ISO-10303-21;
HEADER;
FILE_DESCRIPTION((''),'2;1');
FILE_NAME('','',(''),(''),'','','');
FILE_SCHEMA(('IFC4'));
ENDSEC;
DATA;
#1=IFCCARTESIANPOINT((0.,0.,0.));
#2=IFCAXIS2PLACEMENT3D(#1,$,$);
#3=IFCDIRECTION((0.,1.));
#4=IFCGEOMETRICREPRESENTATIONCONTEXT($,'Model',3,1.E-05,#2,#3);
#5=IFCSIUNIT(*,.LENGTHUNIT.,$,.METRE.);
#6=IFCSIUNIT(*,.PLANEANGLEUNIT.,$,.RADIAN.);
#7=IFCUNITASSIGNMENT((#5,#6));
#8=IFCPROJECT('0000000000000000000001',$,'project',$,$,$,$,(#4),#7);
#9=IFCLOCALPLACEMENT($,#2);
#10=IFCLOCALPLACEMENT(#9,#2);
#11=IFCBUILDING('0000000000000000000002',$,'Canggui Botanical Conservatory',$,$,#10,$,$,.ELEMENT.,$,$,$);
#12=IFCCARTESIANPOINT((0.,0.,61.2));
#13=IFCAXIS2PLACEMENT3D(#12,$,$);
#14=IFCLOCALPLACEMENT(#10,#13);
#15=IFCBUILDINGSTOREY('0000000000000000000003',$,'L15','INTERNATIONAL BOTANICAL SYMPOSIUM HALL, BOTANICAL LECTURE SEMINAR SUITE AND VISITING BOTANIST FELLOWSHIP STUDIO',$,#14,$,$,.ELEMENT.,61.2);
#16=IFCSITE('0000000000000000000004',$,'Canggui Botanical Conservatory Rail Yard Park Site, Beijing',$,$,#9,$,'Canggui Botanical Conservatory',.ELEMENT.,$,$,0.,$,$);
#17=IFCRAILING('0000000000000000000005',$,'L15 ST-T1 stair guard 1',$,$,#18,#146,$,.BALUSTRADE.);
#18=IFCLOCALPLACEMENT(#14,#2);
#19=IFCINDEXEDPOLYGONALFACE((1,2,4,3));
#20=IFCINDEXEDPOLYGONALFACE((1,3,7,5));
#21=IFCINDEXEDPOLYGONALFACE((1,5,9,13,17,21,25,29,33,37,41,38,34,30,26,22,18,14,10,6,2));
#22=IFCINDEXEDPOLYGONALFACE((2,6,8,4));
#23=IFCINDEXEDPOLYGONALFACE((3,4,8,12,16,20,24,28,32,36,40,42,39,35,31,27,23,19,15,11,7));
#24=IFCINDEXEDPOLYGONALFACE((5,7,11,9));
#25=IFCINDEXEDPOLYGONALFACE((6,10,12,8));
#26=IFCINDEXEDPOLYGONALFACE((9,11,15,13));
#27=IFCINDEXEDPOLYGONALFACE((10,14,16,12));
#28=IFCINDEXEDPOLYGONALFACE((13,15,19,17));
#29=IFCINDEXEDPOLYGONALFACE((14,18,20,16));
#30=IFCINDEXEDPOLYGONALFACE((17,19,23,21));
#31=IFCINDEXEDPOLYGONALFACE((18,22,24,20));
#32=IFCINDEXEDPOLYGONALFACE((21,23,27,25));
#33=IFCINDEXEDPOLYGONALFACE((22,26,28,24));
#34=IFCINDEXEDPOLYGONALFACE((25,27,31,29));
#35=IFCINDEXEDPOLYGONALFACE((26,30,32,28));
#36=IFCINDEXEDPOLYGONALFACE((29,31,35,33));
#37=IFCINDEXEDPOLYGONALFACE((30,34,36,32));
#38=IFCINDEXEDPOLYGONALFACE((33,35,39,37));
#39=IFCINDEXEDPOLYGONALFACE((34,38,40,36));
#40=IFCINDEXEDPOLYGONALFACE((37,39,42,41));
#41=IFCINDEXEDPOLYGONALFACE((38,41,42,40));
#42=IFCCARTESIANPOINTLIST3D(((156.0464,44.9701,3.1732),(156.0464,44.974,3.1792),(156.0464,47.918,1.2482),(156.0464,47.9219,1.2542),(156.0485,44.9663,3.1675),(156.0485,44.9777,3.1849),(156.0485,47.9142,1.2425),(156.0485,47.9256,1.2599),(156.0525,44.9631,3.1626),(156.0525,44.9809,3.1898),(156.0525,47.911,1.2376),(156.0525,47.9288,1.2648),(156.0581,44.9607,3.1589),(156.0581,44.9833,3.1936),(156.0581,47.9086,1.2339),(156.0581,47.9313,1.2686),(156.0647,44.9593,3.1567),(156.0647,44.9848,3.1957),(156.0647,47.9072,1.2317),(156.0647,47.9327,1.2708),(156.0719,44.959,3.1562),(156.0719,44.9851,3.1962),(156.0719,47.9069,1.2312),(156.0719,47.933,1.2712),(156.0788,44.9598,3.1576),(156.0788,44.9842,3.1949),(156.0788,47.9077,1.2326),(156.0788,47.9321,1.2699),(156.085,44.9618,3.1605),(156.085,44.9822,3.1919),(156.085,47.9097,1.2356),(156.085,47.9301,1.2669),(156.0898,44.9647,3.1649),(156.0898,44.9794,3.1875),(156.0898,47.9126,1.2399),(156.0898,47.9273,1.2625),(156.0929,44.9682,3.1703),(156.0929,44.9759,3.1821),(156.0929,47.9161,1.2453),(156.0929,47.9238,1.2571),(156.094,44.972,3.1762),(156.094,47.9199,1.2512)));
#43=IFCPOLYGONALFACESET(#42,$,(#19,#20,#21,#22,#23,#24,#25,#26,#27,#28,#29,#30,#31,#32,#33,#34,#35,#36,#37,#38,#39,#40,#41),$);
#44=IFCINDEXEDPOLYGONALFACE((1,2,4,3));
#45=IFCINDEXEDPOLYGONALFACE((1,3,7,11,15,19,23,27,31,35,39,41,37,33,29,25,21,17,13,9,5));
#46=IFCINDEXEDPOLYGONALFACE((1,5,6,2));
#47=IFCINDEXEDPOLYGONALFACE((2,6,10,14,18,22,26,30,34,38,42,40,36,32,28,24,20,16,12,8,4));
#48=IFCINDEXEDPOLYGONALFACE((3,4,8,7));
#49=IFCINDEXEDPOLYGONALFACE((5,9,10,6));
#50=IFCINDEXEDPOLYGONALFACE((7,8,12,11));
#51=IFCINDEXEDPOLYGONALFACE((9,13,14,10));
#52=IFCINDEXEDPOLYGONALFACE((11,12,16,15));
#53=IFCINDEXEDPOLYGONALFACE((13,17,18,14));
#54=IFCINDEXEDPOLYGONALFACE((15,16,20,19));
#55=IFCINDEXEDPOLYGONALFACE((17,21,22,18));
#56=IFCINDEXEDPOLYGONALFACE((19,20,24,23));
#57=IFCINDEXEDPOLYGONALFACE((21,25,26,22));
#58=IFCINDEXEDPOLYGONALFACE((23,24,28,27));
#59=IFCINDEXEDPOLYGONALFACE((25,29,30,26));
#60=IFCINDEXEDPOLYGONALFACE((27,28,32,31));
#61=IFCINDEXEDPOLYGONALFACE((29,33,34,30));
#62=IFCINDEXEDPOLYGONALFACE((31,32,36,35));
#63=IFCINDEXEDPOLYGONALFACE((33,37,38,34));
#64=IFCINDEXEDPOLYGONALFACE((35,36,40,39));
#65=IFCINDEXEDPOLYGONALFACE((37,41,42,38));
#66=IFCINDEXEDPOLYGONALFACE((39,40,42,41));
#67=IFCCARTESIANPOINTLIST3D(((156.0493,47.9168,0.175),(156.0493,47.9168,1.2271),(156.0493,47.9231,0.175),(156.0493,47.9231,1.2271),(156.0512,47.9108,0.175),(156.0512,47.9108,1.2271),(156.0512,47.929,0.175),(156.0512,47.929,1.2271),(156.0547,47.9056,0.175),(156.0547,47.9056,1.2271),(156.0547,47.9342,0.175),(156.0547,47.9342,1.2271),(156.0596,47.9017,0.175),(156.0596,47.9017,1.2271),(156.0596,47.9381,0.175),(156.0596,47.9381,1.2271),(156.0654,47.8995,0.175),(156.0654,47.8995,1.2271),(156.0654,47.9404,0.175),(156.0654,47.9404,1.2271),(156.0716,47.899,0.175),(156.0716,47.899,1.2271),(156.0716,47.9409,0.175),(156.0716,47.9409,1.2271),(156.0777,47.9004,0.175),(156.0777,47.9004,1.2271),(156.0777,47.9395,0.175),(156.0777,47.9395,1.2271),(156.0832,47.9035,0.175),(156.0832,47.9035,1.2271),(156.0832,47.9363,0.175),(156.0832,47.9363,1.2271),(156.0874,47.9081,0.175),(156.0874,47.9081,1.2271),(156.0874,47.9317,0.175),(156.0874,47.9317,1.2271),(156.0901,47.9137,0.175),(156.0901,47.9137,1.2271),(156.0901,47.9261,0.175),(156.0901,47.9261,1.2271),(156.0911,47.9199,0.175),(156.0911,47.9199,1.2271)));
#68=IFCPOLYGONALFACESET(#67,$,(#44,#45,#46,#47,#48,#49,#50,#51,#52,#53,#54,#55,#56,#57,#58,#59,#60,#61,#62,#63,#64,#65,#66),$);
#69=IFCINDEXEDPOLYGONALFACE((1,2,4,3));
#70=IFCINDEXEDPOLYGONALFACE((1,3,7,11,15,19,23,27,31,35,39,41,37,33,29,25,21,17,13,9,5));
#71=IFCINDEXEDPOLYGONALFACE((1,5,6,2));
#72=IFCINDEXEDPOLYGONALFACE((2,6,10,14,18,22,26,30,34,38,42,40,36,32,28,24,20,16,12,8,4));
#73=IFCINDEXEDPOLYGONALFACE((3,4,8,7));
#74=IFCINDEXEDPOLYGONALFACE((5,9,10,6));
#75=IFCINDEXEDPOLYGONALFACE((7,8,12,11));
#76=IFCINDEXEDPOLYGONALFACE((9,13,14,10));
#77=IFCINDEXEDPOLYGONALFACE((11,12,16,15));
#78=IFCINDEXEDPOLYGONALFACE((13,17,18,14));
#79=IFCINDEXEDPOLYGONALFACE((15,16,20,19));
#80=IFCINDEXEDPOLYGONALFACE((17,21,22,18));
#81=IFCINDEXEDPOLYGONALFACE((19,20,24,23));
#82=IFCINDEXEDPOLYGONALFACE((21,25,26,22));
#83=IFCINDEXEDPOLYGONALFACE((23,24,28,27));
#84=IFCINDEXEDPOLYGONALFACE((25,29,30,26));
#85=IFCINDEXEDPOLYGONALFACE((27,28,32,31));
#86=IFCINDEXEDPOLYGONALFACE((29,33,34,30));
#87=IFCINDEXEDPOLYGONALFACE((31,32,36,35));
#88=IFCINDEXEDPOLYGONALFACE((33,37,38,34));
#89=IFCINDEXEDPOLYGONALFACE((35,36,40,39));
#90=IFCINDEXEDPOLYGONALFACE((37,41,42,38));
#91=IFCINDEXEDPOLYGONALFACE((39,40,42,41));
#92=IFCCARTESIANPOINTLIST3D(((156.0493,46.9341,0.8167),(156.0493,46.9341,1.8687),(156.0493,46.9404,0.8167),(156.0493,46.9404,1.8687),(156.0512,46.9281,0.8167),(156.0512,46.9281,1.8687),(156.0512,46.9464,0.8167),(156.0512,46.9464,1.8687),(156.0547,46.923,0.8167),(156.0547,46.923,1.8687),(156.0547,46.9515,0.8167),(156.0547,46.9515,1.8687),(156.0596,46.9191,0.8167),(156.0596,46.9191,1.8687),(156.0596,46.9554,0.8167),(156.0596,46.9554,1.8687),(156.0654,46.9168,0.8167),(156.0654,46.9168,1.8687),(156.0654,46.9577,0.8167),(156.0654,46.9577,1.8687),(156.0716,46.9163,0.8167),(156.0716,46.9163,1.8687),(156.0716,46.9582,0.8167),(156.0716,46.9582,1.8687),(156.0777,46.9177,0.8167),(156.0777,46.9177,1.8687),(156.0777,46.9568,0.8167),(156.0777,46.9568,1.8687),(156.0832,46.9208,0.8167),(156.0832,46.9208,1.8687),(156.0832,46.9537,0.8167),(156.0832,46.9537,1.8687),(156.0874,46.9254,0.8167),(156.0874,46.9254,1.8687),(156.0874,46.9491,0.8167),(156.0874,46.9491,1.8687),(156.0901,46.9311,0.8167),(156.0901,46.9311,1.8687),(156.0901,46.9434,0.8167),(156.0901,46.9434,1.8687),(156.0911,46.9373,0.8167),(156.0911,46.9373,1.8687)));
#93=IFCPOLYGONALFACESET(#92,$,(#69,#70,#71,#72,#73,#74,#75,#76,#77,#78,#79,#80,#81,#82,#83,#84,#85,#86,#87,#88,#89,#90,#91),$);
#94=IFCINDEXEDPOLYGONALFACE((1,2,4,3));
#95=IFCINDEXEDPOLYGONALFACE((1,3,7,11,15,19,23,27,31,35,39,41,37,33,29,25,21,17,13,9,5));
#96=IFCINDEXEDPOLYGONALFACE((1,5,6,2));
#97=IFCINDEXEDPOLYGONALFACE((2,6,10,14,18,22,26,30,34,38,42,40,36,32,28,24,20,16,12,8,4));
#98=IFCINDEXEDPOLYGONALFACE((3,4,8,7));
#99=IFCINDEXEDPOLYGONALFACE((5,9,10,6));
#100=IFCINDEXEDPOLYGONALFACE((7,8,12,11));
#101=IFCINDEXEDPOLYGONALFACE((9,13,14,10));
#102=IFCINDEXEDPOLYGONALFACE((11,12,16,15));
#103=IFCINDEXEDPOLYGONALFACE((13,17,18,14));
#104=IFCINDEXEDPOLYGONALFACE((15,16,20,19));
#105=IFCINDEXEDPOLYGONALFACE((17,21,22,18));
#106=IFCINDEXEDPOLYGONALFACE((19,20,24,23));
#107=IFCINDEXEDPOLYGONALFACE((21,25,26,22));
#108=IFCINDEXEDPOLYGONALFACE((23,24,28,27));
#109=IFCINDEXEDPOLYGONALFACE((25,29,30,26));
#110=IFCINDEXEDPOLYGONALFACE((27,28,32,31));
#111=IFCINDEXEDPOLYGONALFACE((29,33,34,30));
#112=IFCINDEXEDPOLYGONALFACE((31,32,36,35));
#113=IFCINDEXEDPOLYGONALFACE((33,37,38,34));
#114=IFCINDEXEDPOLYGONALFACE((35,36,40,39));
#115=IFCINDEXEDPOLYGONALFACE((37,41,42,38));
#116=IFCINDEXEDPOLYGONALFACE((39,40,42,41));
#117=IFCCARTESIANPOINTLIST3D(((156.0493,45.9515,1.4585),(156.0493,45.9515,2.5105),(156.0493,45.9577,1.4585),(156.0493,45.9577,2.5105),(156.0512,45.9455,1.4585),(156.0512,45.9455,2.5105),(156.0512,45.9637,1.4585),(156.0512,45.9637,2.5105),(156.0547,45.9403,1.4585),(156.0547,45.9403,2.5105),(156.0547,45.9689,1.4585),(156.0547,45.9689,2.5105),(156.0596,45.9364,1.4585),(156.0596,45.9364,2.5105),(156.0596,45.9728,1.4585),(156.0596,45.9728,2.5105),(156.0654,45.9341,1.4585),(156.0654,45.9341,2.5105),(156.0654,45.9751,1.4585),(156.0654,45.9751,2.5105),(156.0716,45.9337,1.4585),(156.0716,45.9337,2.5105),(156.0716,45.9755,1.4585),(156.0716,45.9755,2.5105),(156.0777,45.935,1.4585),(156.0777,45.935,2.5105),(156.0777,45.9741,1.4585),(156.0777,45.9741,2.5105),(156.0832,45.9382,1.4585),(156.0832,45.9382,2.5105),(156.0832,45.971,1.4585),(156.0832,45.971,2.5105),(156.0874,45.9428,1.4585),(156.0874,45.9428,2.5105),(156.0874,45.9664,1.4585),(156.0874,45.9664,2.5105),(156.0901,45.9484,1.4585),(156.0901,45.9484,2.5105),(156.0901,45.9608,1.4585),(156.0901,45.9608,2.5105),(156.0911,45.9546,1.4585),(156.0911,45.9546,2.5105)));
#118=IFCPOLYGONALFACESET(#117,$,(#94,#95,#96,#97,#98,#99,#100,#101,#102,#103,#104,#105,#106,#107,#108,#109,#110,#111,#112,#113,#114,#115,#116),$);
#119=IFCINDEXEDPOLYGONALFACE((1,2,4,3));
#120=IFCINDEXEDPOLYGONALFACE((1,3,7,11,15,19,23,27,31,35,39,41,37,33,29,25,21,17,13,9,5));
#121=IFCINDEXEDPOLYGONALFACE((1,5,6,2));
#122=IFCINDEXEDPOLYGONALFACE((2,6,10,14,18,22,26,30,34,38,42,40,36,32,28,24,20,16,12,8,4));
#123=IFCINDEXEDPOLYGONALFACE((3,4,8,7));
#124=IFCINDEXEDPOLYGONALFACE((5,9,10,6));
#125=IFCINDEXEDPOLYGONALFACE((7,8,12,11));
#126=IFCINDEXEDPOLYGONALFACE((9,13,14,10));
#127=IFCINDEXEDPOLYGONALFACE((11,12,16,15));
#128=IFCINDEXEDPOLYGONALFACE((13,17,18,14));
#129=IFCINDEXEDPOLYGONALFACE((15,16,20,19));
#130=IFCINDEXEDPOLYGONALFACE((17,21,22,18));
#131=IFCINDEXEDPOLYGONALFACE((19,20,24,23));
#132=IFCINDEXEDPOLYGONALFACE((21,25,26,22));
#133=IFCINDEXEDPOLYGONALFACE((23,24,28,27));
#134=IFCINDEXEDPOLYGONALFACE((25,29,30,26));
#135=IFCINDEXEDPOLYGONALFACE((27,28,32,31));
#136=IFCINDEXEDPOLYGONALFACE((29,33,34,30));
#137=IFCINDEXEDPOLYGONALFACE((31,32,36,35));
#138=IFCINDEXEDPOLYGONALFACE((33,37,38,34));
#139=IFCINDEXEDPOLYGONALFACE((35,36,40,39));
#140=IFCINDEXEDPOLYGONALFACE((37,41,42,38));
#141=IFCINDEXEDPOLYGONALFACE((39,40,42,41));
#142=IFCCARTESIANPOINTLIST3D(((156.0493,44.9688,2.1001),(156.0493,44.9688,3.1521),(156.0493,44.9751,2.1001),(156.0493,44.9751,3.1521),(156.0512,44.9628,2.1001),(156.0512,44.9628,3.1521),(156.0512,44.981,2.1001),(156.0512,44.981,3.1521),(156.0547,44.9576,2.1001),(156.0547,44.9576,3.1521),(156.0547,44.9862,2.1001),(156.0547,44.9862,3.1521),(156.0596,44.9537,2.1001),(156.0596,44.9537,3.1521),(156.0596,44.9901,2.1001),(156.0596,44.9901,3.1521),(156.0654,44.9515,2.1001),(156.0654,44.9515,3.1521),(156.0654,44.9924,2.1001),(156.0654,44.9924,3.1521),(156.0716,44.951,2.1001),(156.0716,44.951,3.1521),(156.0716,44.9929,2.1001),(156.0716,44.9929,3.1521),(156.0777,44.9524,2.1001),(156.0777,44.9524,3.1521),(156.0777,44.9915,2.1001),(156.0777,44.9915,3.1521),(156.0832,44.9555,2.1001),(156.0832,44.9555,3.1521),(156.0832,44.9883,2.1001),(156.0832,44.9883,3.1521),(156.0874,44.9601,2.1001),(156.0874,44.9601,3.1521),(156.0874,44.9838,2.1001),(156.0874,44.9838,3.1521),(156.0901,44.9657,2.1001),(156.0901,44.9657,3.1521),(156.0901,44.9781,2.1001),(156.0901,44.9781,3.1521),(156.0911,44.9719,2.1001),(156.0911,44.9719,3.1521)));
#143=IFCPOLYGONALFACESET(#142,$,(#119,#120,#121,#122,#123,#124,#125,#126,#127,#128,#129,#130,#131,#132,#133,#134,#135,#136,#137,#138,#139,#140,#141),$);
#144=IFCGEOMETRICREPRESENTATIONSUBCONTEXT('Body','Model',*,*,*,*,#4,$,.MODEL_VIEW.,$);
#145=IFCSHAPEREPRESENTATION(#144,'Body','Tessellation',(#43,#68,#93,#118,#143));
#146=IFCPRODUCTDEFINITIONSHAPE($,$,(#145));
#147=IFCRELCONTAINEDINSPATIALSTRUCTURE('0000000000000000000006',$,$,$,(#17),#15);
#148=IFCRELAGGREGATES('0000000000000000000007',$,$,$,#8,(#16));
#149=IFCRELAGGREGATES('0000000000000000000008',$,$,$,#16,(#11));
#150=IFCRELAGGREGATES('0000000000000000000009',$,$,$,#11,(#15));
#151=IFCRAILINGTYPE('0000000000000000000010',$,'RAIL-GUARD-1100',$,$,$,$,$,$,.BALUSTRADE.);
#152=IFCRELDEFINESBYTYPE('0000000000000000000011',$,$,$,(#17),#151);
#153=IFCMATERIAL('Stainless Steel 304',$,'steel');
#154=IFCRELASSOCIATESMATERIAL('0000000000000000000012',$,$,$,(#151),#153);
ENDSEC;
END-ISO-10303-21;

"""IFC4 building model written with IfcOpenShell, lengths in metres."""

from ifc_helpers import new_model, si_unit, direction, frame, origin, origin_2d, place, context, subcontext, project, spatial, circle, extrude, material, type_object, element, save


model = new_model("IFC4")

# Units and contexts
model_context = context("Model", 3, precision=1e-05, world=origin(), true_north=direction((0.0, 1.0)))
body_context = subcontext(model_context, "Body", "Model", "MODEL_VIEW")
ifc_project = project(units=[si_unit("LENGTHUNIT", "METRE"), si_unit("PLANEANGLEUNIT", "RADIAN")], contexts=[model_context])

# Site, building, storey
site_placement = place(None, origin())
site = spatial("IfcSite", under=ifc_project, at=site_placement, Name="Canggui Botanical Conservatory Rail Yard Park Site, Beijing", LongName="Canggui Botanical Conservatory", CompositionType="ELEMENT", RefElevation=0.0)
building_placement = place(site_placement, origin())
building = spatial("IfcBuilding", under=site, at=building_placement, Name="Canggui Botanical Conservatory", CompositionType="ELEMENT")
storey_placement = place(building_placement, frame((0.0, 0.0, 61.2)))
storey = spatial("IfcBuildingStorey", under=building, at=storey_placement, Name="L15", Description="INTERNATIONAL BOTANICAL SYMPOSIUM HALL, BOTANICAL LECTURE SEMINAR SUITE AND VISITING BOTANIST FELLOWSHIP STUDIO", CompositionType="ELEMENT", Elevation=61.2)

# Railing
ifc_material_1 = material(Name="Stainless Steel 304", Category="steel")
railing_type_1 = type_object("IfcRailingType", Name="RAIL-GUARD-1100", PredefinedType="BALUSTRADE", material=ifc_material_1)
railing_1_placement = place(storey_placement, frame((156.0701, 47.9199, 0.175)))
element("IfcRailing", 1, at=railing_1_placement, inside=storey, type_object=railing_type_1, Name="L15 ST-T1 stair guard 1", PredefinedType="BALUSTRADE", context=body_context, shape_type="SweptSolid", body=[
    extrude(circle(Radius=0.0239, at=origin_2d()), frame((0.0, 0.0, 1.0762), z_axis=(0.0, -0.837293, 0.546754), x_axis=(1.0, 0.0, 0.0)), (0.0, 0.0, 1.0), 3.5208),
    extrude(circle(Radius=0.021, at=origin_2d()), origin(), (0.0, 0.0, 1.0), 1.052),
    extrude(circle(Radius=0.021, at=origin_2d()), frame((0.0, -0.9827, 0.6416)), (0.0, 0.0, 1.0), 1.052),
    extrude(circle(Radius=0.021, at=origin_2d()), frame((0.0, -1.9653, 1.2834)), (0.0, 0.0, 1.0), 1.052),
    extrude(circle(Radius=0.021, at=origin_2d()), frame((0.0, -2.948, 1.925)), (0.0, 0.0, 1.0), 1.052),
])

save(model, "model.ifc")
